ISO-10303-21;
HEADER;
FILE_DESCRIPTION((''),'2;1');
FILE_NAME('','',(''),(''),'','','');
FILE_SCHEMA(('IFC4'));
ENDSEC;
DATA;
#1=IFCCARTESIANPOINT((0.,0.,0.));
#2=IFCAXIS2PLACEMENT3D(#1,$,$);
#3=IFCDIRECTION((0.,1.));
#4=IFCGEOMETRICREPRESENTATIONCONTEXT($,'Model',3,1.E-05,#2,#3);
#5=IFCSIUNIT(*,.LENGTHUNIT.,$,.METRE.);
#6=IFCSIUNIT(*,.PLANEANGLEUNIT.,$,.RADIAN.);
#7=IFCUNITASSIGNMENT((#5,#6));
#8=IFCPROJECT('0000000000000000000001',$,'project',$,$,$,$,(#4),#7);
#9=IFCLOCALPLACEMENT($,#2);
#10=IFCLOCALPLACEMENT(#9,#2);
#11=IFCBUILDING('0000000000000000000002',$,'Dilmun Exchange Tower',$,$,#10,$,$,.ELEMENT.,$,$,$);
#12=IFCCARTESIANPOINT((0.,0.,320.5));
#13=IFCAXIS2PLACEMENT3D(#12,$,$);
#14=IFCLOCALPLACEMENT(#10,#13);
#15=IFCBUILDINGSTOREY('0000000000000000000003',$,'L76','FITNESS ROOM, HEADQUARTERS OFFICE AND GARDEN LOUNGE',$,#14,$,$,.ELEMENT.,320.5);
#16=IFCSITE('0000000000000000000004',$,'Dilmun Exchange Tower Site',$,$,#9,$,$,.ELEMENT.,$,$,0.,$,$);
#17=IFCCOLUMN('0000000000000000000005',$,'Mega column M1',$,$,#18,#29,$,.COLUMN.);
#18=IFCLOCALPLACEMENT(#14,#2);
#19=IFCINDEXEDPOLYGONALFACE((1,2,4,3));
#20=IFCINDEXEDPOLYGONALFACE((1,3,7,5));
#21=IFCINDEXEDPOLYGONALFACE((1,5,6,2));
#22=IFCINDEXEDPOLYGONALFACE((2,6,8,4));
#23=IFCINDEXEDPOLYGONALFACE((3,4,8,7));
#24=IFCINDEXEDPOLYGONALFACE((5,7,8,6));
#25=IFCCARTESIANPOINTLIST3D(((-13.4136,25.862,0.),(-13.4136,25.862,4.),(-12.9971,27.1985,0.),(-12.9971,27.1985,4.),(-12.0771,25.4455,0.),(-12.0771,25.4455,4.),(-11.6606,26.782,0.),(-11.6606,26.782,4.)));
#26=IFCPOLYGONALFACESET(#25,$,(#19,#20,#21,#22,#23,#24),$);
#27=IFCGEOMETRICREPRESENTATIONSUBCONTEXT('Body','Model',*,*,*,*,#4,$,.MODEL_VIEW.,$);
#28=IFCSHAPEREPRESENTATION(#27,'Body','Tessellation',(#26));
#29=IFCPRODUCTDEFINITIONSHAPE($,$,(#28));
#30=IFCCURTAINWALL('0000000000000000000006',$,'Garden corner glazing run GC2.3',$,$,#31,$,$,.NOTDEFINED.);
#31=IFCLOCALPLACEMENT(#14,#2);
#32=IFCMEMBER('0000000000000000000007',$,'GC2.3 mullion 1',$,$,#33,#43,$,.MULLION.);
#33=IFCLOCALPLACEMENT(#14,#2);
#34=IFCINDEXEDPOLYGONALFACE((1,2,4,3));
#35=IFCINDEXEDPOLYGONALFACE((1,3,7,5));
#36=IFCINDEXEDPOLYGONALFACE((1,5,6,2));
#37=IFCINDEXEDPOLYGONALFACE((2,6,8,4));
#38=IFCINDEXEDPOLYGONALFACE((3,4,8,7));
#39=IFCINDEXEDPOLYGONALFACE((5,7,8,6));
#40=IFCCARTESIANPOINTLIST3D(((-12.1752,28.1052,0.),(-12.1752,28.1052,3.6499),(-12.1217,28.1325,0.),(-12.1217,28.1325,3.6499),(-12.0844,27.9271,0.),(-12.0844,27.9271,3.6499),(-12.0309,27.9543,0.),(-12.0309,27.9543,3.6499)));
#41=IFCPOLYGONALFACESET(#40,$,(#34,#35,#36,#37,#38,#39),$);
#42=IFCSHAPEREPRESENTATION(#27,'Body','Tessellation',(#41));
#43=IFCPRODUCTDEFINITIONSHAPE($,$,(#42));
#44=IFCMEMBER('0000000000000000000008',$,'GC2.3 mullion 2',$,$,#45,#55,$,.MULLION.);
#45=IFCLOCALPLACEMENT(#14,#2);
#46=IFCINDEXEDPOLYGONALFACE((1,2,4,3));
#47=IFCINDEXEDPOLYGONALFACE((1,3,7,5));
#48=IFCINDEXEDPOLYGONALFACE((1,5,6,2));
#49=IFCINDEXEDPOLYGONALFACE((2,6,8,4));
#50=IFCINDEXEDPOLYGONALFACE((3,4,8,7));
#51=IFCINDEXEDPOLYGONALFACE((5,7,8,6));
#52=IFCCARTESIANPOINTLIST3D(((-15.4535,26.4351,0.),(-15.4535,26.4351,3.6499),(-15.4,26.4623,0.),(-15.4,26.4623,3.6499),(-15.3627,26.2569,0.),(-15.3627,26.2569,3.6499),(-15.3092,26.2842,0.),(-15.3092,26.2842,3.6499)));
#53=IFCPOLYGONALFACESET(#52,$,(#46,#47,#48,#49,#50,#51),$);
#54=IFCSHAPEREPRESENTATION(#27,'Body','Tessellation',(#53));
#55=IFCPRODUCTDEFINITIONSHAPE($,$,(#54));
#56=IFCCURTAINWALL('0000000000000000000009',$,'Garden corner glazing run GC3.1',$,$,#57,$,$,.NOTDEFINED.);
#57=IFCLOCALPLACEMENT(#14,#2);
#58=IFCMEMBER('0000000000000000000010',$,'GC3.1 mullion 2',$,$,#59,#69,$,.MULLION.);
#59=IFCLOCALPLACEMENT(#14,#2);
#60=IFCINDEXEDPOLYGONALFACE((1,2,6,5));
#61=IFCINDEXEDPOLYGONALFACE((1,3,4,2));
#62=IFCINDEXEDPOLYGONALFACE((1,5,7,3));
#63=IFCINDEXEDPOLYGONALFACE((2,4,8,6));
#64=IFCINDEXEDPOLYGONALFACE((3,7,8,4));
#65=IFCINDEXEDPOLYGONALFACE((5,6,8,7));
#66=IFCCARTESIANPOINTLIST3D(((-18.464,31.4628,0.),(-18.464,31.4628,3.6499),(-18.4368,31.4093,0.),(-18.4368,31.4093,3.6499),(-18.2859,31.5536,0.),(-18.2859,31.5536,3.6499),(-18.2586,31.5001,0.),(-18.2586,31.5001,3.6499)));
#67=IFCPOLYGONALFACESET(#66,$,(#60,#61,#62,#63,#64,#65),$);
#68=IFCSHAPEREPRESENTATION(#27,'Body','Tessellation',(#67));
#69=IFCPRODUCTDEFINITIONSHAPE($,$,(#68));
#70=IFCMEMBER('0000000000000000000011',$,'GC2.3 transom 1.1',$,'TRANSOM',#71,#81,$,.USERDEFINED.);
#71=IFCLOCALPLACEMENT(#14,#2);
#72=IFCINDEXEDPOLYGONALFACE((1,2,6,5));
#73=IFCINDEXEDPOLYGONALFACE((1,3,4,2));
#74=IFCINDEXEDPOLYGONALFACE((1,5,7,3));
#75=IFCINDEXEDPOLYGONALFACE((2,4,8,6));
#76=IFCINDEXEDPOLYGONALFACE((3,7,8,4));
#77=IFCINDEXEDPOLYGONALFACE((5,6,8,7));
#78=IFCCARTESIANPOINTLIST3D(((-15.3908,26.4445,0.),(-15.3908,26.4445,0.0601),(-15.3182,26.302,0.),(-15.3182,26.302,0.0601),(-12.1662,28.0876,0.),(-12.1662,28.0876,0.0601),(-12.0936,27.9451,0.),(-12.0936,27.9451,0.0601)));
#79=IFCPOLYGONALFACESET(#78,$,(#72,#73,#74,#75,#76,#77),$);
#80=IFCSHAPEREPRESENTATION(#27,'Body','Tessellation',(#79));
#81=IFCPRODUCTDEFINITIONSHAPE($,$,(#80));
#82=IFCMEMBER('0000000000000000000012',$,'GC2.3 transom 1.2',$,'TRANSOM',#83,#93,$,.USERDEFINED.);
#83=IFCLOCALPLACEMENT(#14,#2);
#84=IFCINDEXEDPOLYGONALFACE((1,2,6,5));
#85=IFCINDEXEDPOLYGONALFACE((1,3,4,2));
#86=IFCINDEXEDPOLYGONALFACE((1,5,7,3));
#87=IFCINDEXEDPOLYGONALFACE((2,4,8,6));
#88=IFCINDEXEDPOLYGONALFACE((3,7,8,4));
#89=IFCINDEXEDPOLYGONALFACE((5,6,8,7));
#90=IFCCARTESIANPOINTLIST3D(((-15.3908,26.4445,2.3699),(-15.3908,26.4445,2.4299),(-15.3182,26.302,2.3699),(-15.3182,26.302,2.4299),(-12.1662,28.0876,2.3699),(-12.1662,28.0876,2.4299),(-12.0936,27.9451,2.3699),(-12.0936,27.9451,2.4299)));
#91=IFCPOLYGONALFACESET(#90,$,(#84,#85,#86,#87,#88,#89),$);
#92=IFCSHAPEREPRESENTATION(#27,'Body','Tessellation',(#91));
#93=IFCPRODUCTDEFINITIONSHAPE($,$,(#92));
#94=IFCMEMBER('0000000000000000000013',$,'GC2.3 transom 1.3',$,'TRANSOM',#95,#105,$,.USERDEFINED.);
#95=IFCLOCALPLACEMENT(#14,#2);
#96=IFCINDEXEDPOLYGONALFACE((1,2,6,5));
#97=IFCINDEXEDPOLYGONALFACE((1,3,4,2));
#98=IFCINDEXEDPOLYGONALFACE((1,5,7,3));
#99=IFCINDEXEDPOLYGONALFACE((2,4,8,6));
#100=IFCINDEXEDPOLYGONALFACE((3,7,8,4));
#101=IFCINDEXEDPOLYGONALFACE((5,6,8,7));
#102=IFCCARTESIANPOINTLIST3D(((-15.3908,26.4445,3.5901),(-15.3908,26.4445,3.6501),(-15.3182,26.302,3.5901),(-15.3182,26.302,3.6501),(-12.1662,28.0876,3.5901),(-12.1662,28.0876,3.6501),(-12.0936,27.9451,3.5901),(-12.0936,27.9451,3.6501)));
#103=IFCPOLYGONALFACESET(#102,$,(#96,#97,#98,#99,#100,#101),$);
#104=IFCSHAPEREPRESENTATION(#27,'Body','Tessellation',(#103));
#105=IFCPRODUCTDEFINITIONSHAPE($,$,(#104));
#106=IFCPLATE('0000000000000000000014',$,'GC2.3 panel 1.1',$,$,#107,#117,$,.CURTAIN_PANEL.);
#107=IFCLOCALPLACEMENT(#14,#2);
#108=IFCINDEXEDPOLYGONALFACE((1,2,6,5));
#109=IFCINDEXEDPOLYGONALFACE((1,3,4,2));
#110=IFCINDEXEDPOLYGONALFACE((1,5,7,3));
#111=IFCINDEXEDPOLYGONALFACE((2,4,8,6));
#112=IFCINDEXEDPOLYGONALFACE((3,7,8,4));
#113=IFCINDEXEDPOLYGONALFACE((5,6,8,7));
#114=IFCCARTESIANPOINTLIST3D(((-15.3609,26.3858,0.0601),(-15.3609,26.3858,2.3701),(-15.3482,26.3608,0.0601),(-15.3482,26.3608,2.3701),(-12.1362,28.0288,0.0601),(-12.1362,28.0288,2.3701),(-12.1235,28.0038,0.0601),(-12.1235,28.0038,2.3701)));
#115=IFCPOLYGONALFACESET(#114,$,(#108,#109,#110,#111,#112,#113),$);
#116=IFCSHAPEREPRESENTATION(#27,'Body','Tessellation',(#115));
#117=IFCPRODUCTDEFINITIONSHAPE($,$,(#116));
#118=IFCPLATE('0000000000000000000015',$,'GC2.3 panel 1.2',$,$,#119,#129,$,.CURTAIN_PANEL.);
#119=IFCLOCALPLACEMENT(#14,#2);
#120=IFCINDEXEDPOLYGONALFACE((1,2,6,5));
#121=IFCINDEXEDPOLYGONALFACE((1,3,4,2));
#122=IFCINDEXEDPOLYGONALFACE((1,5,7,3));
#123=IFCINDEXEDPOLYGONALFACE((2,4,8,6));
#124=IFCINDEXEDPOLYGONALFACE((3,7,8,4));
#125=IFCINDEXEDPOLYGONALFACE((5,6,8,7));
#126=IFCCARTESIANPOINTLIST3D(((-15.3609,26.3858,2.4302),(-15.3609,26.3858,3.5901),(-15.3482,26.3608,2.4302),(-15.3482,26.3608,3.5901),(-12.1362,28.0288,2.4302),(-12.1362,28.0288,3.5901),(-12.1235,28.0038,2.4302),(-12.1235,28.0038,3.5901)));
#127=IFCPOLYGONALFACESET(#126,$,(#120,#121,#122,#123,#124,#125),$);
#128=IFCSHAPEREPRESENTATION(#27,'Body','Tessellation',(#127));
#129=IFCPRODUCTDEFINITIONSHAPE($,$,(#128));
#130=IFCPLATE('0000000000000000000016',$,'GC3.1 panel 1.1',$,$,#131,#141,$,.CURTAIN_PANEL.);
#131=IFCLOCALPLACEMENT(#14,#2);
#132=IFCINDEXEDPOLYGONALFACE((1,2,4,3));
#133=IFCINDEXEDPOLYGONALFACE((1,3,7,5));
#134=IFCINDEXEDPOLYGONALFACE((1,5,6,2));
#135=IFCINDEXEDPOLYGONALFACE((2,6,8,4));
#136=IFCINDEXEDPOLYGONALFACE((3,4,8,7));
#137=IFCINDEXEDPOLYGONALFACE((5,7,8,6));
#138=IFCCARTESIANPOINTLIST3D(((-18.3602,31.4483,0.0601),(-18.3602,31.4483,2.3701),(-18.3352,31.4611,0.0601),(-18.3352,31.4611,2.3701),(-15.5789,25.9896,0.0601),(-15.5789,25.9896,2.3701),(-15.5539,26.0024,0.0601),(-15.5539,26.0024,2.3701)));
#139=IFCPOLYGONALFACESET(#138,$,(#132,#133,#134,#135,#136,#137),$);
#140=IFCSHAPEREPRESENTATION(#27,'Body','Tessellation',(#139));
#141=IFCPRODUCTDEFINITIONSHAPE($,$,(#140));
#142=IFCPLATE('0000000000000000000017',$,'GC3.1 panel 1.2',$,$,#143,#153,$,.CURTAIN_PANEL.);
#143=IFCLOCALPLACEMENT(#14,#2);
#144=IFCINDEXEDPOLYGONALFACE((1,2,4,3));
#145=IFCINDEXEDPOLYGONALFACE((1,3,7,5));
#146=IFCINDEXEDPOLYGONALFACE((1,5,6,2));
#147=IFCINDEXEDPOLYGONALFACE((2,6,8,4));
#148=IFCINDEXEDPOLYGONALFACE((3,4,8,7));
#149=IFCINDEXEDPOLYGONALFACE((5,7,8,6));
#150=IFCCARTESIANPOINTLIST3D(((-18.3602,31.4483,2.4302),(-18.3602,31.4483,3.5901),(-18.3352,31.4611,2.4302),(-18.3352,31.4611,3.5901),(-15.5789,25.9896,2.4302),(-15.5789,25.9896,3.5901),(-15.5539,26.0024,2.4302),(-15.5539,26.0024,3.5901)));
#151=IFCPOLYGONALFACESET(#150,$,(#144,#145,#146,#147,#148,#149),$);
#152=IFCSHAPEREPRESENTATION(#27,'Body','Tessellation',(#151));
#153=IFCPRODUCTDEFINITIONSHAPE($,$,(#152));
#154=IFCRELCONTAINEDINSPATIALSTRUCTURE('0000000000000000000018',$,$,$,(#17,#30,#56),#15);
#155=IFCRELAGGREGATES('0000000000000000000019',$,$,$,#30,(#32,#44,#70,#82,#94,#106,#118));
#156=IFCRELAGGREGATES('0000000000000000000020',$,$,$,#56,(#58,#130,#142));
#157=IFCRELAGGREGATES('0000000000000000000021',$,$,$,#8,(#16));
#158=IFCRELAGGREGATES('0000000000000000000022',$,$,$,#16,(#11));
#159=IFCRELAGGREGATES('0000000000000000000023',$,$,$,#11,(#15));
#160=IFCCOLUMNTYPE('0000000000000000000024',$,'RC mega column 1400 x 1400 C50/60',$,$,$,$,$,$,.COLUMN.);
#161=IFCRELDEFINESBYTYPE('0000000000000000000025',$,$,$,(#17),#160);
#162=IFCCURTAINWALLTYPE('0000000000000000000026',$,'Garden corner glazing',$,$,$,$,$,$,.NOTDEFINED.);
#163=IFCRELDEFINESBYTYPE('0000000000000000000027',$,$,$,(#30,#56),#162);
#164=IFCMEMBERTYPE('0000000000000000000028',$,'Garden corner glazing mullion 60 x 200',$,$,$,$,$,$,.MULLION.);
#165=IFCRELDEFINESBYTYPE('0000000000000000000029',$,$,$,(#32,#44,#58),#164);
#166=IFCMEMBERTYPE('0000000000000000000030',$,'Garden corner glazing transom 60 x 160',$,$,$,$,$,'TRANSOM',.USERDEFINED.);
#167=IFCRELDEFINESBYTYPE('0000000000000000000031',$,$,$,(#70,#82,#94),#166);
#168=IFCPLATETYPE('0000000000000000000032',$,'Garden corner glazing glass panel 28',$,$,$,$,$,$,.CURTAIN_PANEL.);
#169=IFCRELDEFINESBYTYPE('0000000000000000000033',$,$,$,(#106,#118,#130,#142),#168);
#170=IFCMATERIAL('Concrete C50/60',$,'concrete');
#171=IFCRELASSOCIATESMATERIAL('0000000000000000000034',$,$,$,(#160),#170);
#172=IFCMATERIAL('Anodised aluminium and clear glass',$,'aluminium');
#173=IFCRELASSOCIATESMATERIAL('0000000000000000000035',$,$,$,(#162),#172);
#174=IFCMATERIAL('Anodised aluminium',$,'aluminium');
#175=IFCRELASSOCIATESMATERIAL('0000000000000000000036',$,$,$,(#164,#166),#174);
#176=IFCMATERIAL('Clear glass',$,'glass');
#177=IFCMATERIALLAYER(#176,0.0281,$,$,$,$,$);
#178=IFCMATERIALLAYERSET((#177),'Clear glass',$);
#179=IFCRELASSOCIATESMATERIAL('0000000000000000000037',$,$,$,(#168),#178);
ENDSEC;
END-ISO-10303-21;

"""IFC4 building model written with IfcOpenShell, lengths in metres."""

from ifc_helpers import new_model, si_unit, direction, frame, origin, origin_2d, place, context, subcontext, project, spatial, rectangle, extrude, material, layer, layer_set, material_profile, profile_set, type_object, element, aggregate, save


model = new_model("IFC4")

# Units and contexts
model_context = context("Model", 3, precision=1e-05, world=origin(), true_north=direction((0.0, 1.0)))
body_context = subcontext(model_context, "Body", "Model", "MODEL_VIEW")
ifc_project = project(units=[si_unit("LENGTHUNIT", "METRE"), si_unit("PLANEANGLEUNIT", "RADIAN")], contexts=[model_context])

# Site, building, storey
site_placement = place(None, origin())
site = spatial("IfcSite", under=ifc_project, at=site_placement, Name="Dilmun Exchange Tower Site", CompositionType="ELEMENT", RefElevation=0.0)
building_placement = place(site_placement, origin())
building = spatial("IfcBuilding", under=site, at=building_placement, Name="Dilmun Exchange Tower", CompositionType="ELEMENT")
storey_placement = place(building_placement, frame((0.0, 0.0, 320.5)))
storey = spatial("IfcBuildingStorey", under=building, at=storey_placement, Name="L76", Description="FITNESS ROOM, HEADQUARTERS OFFICE AND GARDEN LOUNGE", CompositionType="ELEMENT", Elevation=320.5)

# Column
ifc_material_1 = material(Name="Concrete C50/60", Category="concrete")
ifc_material_profile_1 = material_profile(ifc_material_1, rectangle(XDim=1.3999, YDim=1.3999, at=origin_2d()), Name="1400 x 1400")
ifc_profile_set_1 = profile_set([ifc_material_profile_1], Name="Concrete C50/60")
column_type = type_object("IfcColumnType", Name="RC mega column 1400 x 1400 C50/60", PredefinedType="COLUMN", material=ifc_profile_set_1)
column_placement = place(storey_placement, frame((-12.5371, 26.322, 0.0), z_axis=(0.0, 0.0, 1.0), x_axis=(0.297503, 0.954721, 0.0)))
element("IfcColumn", 1, at=column_placement, inside=storey, type_object=column_type, Name="Mega column M1", PredefinedType="COLUMN", context=body_context, shape_type="SweptSolid", body=[
    extrude(rectangle(XDim=1.3999, YDim=1.3999, at=origin_2d()), origin(), (0.0, 0.0, 1.0), 4.0),
])

# Curtain wall, members
ifc_material_2 = material(Name="Anodised aluminium and clear glass", Category="aluminium")
curtain_wall_type = type_object("IfcCurtainWallType", Name="Garden corner glazing", PredefinedType="NOTDEFINED", material=ifc_material_2)
curtain_wall_1_placement = place(storey_placement, origin())
curtain_wall_1 = element("IfcCurtainWall", 2, at=curtain_wall_1_placement, inside=storey, type_object=curtain_wall_type, Name="Garden corner glazing run GC2.3", PredefinedType="NOTDEFINED")
ifc_material_3 = material(Name="Anodised aluminium", Category="aluminium")
ifc_material_profile_2 = material_profile(ifc_material_3, rectangle(XDim=0.2, YDim=0.0601, at=origin_2d()), Name="AL 60x200")
ifc_profile_set_2 = profile_set([ifc_material_profile_2], Name="Anodised aluminium")
member_type_1 = type_object("IfcMemberType", Name="Garden corner glazing mullion 60 x 200", PredefinedType="MULLION", material=ifc_profile_set_2)
member_1_placement = place(storey_placement, frame((-12.103, 28.0298, 0.0), z_axis=(0.0, 0.0, 1.0), x_axis=(0.453983, -0.89101, 0.0)))
member_1 = element("IfcMember", 3, at=member_1_placement, type_object=member_type_1, Name="GC2.3 mullion 1", PredefinedType="MULLION", context=body_context, shape_type="SweptSolid", body=[
    extrude(rectangle(XDim=0.2, YDim=0.0601, at=origin_2d()), origin(), (0.0, 0.0, 1.0), 3.6499),
])
member_2_placement = place(storey_placement, frame((-15.3813, 26.3596, 0.0), z_axis=(0.0, 0.0, 1.0), x_axis=(0.453983, -0.89101, 0.0)))
member_2 = element("IfcMember", 4, at=member_2_placement, type_object=member_type_1, Name="GC2.3 mullion 2", PredefinedType="MULLION", context=body_context, shape_type="SweptSolid", body=[
    extrude(rectangle(XDim=0.2, YDim=0.0601, at=origin_2d()), origin(), (0.0, 0.0, 1.0), 3.6499),
])

# Curtain wall, member
curtain_wall_2_placement = place(storey_placement, origin())
curtain_wall_2 = element("IfcCurtainWall", 5, at=curtain_wall_2_placement, inside=storey, type_object=curtain_wall_type, Name="Garden corner glazing run GC3.1", PredefinedType="NOTDEFINED")
member_3_placement = place(storey_placement, frame((-18.3613, 31.4814, 0.0), z_axis=(0.0, 0.0, 1.0), x_axis=(-0.891007, -0.453989, 0.0)))
member_3 = element("IfcMember", 6, at=member_3_placement, type_object=member_type_1, Name="GC3.1 mullion 2", PredefinedType="MULLION", context=body_context, shape_type="SweptSolid", body=[
    extrude(rectangle(XDim=0.2, YDim=0.0601, at=origin_2d()), origin(), (0.0, 0.0, 1.0), 3.6499),
])

# Members
ifc_material_profile_3 = material_profile(ifc_material_3, rectangle(XDim=0.1599, YDim=0.0601, at=origin_2d()), Name="AL 60x160")
ifc_profile_set_3 = profile_set([ifc_material_profile_3], Name="Anodised aluminium")
member_type_2 = type_object("IfcMemberType", Name="Garden corner glazing transom 60 x 160", ElementType="TRANSOM", PredefinedType="USERDEFINED", material=ifc_profile_set_3)
member_4_placement = place(storey_placement, frame((-12.1299, 28.0164, 0.03), z_axis=(-0.891001, -0.454001, 0.0), x_axis=(0.454001, -0.891001, 0.0)))
member_4 = element("IfcMember", 7, at=member_4_placement, type_object=member_type_2, Name="GC2.3 transom 1.1", ObjectType="TRANSOM", PredefinedType="USERDEFINED", context=body_context, shape_type="SweptSolid", body=[
    extrude(rectangle(XDim=0.1599, YDim=0.0601, at=origin_2d()), origin(), (0.0, 0.0, 1.0), 3.6191),
])
member_5_placement = place(storey_placement, frame((-12.1299, 28.0164, 2.3999), z_axis=(-0.891001, -0.454001, 0.0), x_axis=(0.454001, -0.891001, 0.0)))
member_5 = element("IfcMember", 8, at=member_5_placement, type_object=member_type_2, Name="GC2.3 transom 1.2", ObjectType="TRANSOM", PredefinedType="USERDEFINED", context=body_context, shape_type="SweptSolid", body=[
    extrude(rectangle(XDim=0.1599, YDim=0.0601, at=origin_2d()), origin(), (0.0, 0.0, 1.0), 3.6191),
])
member_6_placement = place(storey_placement, frame((-12.1299, 28.0164, 3.6201), z_axis=(-0.891001, -0.454001, 0.0), x_axis=(0.454001, -0.891001, 0.0)))
member_6 = element("IfcMember", 9, at=member_6_placement, type_object=member_type_2, Name="GC2.3 transom 1.3", ObjectType="TRANSOM", PredefinedType="USERDEFINED", context=body_context, shape_type="SweptSolid", body=[
    extrude(rectangle(XDim=0.1599, YDim=0.0601, at=origin_2d()), origin(), (0.0, 0.0, 1.0), 3.6191),
])

# Plates
ifc_material_4 = material(Name="Clear glass", Category="glass")
ifc_layer_1 = layer(ifc_material_4, 0.0281)
ifc_layer_set_1 = layer_set([ifc_layer_1], Name="Clear glass")
plate_type = type_object("IfcPlateType", Name="Garden corner glazing glass panel 28", PredefinedType="CURTAIN_PANEL", material=ifc_layer_set_1)
plate_1_placement = place(storey_placement, frame((-13.7422, 27.1948, 0.0601), z_axis=(0.0, 0.0, 1.0), x_axis=(-0.89101, -0.453983, 0.0)))
plate_1 = element("IfcPlate", 10, at=plate_1_placement, type_object=plate_type, Name="GC2.3 panel 1.1", PredefinedType="CURTAIN_PANEL", context=body_context, shape_type="SweptSolid", body=[
    extrude(rectangle(XDim=3.6191, YDim=0.0281, at=origin_2d()), origin(), (0.0, 0.0, 1.0), 2.3101),
])
plate_2_placement = place(storey_placement, frame((-13.7422, 27.1948, 2.4302), z_axis=(0.0, 0.0, 1.0), x_axis=(-0.89101, -0.453983, 0.0)))
plate_2 = element("IfcPlate", 11, at=plate_2_placement, type_object=plate_type, Name="GC2.3 panel 1.2", PredefinedType="CURTAIN_PANEL", context=body_context, shape_type="SweptSolid", body=[
    extrude(rectangle(XDim=3.6191, YDim=0.0281, at=origin_2d()), origin(), (0.0, 0.0, 1.0), 1.1599),
])
aggregate(curtain_wall_1, [member_1, member_2, member_4, member_5, member_6, plate_1, plate_2])
plate_3_placement = place(storey_placement, frame((-16.957, 28.7253, 0.0601), z_axis=(0.0, 0.0, 1.0), x_axis=(-0.453989, 0.891007, 0.0)))
plate_3 = element("IfcPlate", 12, at=plate_3_placement, type_object=plate_type, Name="GC3.1 panel 1.1", PredefinedType="CURTAIN_PANEL", context=body_context, shape_type="SweptSolid", body=[
    extrude(rectangle(XDim=6.1265, YDim=0.0281, at=origin_2d()), origin(), (0.0, 0.0, 1.0), 2.3101),
])
plate_4_placement = place(storey_placement, frame((-16.957, 28.7253, 2.4302), z_axis=(0.0, 0.0, 1.0), x_axis=(-0.453989, 0.891007, 0.0)))
plate_4 = element("IfcPlate", 13, at=plate_4_placement, type_object=plate_type, Name="GC3.1 panel 1.2", PredefinedType="CURTAIN_PANEL", context=body_context, shape_type="SweptSolid", body=[
    extrude(rectangle(XDim=6.1265, YDim=0.0281, at=origin_2d()), origin(), (0.0, 0.0, 1.0), 1.1599),
])
aggregate(curtain_wall_2, [member_3, plate_3, plate_4])

save(model, "model.ifc")
